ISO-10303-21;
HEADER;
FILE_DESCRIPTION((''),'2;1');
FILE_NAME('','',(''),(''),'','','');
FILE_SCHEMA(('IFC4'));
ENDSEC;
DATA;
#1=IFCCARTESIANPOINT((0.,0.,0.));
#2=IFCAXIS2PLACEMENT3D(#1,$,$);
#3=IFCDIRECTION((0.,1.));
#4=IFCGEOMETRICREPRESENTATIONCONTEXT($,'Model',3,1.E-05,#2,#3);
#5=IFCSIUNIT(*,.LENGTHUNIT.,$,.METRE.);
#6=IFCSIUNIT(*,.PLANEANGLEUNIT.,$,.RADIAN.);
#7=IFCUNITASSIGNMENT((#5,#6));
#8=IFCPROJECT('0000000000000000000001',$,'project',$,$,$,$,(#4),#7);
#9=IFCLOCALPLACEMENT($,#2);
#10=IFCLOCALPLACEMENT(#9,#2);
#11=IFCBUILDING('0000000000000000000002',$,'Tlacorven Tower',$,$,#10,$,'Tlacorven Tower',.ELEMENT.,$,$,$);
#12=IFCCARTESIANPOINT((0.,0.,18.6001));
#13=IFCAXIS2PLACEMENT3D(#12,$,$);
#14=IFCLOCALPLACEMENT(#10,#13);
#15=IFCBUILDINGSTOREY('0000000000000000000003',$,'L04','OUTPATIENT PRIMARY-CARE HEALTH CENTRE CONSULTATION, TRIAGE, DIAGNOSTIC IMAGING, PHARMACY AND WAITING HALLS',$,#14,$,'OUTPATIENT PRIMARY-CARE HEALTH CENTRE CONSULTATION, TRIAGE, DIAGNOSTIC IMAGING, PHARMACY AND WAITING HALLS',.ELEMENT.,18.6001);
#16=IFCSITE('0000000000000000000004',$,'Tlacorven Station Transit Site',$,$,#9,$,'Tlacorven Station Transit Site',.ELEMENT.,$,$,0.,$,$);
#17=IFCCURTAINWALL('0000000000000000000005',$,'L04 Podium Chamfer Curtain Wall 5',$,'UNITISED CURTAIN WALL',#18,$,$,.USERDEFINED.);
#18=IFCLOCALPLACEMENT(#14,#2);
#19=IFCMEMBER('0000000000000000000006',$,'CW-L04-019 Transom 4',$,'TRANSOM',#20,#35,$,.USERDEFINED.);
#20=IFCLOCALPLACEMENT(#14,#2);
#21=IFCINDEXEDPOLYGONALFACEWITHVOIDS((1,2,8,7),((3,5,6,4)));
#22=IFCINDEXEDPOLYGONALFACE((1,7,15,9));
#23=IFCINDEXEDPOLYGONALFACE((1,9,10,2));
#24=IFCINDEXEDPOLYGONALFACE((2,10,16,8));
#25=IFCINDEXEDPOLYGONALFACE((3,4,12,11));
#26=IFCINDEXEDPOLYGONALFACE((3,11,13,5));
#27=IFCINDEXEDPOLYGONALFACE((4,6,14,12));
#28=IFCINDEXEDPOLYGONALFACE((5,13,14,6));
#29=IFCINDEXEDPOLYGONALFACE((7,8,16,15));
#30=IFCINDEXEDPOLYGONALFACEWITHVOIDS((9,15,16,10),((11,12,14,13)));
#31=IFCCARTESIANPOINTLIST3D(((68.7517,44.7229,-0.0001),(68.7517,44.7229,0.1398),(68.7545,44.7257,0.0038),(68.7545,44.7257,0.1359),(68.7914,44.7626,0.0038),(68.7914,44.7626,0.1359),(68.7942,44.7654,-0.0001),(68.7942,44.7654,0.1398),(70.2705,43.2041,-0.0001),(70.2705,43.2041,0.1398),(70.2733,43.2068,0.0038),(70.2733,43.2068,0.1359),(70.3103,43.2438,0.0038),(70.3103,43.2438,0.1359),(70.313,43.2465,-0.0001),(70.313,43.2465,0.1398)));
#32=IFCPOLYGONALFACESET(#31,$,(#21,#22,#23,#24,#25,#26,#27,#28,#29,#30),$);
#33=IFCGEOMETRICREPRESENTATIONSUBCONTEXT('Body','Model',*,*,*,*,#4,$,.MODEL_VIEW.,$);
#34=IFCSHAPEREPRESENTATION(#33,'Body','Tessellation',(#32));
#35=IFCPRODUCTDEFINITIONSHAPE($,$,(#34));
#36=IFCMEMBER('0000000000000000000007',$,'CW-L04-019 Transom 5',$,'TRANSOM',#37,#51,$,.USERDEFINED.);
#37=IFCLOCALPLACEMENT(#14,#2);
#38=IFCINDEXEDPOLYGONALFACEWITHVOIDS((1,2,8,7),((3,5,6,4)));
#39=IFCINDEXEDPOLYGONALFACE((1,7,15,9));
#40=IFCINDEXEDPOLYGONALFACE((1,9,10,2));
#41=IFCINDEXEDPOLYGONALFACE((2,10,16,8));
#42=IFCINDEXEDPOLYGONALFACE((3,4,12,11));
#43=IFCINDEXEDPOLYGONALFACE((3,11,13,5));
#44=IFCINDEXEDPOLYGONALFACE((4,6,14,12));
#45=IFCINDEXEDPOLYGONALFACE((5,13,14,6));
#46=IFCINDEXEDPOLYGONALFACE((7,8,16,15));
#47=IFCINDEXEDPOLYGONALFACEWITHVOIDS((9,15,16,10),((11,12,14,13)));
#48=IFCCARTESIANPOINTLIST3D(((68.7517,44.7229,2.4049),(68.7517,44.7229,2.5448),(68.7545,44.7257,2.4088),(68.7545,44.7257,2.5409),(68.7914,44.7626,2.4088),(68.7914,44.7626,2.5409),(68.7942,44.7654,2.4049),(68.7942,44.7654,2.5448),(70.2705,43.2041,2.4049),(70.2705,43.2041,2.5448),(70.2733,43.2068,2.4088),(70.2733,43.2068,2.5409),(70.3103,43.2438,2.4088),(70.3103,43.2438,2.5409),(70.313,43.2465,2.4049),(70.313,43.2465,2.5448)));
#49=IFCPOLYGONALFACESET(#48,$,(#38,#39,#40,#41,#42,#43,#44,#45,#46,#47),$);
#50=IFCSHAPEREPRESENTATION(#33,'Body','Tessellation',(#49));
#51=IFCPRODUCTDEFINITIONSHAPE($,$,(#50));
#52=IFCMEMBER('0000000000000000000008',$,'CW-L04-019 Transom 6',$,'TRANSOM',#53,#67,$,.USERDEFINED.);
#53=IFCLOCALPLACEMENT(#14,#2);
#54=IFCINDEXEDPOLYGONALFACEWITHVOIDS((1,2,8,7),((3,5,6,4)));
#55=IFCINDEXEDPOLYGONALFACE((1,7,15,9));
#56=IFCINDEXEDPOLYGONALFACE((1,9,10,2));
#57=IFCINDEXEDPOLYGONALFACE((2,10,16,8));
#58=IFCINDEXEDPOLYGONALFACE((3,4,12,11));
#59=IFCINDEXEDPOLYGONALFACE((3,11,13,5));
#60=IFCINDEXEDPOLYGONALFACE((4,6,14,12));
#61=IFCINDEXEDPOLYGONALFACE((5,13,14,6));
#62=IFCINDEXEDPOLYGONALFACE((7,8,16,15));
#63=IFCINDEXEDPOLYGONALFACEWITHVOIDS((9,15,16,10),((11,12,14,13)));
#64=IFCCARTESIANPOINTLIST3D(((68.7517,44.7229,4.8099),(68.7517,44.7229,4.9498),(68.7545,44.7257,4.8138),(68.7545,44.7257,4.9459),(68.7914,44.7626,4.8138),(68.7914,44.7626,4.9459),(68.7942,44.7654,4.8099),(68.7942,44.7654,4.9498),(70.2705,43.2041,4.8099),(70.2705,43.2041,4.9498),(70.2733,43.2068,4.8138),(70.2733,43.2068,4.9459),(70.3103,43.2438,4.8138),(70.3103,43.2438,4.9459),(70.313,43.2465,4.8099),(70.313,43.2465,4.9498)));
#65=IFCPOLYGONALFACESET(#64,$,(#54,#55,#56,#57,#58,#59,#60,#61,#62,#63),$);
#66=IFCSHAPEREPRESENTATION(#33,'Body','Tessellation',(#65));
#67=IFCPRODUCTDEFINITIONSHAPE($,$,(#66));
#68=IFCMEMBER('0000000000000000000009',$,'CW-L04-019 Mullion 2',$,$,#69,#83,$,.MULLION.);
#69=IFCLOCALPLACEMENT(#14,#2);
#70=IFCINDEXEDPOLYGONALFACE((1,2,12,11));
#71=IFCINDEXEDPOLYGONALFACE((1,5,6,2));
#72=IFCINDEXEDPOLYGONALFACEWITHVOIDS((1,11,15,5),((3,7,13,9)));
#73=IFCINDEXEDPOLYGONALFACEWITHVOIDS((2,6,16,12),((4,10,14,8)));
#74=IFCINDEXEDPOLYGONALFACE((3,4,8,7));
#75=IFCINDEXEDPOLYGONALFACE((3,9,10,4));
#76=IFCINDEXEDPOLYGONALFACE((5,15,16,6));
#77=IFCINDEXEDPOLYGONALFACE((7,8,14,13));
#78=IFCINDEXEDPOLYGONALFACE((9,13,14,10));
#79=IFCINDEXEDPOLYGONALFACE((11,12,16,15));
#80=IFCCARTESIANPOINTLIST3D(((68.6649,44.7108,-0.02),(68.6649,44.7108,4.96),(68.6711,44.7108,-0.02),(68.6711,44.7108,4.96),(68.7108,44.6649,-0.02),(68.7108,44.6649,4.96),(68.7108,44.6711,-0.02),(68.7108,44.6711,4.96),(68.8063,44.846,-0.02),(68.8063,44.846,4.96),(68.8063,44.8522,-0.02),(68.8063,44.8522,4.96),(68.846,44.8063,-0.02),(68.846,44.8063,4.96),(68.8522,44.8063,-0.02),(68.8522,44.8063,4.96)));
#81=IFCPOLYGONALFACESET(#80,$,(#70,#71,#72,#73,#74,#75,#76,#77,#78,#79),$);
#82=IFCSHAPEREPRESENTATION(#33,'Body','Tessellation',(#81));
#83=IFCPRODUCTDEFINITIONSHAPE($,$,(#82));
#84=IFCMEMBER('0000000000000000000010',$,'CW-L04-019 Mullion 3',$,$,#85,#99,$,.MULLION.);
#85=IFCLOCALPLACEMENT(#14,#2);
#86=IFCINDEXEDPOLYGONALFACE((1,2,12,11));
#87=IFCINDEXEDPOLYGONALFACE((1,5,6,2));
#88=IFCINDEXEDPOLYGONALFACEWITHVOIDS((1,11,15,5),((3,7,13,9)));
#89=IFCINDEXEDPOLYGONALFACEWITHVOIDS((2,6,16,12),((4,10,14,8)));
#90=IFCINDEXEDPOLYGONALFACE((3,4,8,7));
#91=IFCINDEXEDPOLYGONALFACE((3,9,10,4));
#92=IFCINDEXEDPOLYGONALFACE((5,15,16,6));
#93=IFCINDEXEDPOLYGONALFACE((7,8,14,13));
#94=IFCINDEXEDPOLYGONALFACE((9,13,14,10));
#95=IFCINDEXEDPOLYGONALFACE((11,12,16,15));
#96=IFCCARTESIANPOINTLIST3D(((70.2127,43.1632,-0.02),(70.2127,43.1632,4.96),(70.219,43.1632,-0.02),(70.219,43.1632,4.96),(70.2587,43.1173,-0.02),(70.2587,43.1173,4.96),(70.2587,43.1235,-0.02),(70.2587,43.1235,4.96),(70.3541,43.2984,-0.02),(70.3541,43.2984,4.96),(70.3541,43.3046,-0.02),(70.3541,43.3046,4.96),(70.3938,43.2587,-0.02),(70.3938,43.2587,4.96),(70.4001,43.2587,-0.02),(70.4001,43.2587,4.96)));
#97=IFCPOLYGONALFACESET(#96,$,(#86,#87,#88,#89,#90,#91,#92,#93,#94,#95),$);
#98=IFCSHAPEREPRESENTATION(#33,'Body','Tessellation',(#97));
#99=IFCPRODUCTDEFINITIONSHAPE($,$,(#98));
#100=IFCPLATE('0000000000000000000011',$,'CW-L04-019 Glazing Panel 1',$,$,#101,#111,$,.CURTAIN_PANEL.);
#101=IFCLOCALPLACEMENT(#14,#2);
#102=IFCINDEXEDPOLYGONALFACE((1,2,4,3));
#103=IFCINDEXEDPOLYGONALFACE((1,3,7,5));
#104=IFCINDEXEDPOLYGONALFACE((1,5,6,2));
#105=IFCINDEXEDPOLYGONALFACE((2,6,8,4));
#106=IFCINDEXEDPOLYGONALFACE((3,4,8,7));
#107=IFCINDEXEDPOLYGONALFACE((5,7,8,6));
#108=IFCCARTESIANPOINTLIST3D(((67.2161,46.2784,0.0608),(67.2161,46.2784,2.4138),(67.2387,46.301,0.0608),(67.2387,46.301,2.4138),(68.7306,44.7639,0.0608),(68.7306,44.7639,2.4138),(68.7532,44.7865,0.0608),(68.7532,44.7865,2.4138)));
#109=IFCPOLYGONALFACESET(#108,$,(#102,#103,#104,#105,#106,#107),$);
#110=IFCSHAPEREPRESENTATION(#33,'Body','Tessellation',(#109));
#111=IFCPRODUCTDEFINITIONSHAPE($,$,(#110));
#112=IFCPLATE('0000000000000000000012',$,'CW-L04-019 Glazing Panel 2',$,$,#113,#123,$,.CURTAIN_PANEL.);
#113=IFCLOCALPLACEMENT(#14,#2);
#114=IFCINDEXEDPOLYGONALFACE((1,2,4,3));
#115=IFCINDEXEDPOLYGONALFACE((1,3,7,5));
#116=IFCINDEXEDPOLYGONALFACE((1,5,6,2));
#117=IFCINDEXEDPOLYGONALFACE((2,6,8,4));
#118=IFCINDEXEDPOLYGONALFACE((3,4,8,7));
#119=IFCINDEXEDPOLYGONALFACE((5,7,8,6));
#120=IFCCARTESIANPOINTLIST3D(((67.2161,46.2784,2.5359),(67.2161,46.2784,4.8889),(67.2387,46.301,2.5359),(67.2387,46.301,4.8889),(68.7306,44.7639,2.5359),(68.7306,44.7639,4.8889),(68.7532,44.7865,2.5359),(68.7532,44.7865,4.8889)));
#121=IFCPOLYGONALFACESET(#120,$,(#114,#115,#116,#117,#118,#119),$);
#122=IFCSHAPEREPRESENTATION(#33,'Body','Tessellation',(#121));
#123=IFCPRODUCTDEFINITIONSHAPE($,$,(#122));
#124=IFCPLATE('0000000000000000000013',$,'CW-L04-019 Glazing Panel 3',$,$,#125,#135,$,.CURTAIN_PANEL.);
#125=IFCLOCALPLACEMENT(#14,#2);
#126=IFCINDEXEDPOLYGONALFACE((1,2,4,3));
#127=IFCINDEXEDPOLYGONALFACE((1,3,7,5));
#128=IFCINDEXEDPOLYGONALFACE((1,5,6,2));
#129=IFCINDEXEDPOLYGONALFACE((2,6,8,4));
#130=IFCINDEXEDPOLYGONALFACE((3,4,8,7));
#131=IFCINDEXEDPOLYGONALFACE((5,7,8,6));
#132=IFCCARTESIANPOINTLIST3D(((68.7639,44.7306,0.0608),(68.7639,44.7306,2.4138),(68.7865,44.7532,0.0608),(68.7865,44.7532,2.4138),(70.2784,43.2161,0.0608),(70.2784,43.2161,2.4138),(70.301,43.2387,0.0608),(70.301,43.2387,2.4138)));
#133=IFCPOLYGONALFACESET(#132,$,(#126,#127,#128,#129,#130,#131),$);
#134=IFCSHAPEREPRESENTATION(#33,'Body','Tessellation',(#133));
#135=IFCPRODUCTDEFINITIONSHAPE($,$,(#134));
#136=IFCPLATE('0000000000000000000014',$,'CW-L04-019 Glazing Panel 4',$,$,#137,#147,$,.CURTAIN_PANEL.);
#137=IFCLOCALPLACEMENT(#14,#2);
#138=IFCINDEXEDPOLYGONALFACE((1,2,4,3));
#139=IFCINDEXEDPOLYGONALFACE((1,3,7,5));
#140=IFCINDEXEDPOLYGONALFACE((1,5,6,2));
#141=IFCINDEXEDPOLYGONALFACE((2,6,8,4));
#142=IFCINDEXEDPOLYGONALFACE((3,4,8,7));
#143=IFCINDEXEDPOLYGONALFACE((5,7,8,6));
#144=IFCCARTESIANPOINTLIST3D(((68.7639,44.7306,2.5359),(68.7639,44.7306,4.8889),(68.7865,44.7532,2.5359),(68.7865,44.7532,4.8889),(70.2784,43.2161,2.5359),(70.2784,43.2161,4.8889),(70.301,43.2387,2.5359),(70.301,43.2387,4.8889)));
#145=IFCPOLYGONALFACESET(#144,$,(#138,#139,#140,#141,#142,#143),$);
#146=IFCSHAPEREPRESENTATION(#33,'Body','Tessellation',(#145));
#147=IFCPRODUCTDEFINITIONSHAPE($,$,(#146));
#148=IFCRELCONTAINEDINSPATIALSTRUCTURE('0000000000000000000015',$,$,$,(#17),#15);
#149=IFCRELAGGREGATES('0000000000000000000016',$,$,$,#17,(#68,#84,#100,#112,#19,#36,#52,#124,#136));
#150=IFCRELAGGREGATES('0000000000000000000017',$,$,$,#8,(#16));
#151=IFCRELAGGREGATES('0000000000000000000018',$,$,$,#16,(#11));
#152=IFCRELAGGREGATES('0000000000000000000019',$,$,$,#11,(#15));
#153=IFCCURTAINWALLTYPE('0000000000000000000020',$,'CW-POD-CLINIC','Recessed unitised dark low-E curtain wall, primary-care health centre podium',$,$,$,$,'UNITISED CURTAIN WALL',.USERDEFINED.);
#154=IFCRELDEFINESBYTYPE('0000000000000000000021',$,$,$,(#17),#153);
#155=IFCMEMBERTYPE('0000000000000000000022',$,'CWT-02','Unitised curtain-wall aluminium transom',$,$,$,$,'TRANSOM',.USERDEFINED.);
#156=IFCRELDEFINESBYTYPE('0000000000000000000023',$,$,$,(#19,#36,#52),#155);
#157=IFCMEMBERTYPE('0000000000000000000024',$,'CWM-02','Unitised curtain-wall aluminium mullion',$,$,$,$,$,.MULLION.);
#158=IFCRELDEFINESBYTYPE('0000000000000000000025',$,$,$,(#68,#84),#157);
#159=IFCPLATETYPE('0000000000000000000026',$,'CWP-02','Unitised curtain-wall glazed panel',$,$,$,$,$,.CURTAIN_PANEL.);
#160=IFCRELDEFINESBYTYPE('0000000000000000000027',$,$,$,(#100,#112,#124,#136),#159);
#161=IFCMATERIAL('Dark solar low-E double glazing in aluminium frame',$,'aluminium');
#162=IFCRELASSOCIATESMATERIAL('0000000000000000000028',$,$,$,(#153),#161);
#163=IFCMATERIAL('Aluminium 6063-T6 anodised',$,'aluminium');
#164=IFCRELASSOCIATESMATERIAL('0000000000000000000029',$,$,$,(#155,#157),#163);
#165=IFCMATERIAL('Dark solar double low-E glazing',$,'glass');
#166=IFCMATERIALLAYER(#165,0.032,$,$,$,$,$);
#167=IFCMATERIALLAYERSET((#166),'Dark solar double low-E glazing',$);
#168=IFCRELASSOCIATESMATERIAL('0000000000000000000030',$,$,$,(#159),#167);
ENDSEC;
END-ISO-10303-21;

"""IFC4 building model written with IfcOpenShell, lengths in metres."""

from ifc_helpers import new_model, si_unit, direction, frame, origin, origin_2d, place, context, subcontext, project, spatial, rectangle, hollow_rectangle, extrude, source, transform, mapped, material, layer, layer_set, material_profile, profile_set, type_object, element, aggregate, save


model = new_model("IFC4")

# Units and contexts
model_context = context("Model", 3, precision=1e-05, world=origin(), true_north=direction((0.0, 1.0)))
body_context = subcontext(model_context, "Body", "Model", "MODEL_VIEW")
ifc_project = project(units=[si_unit("LENGTHUNIT", "METRE"), si_unit("PLANEANGLEUNIT", "RADIAN")], contexts=[model_context])

# Site, building, storey
site_placement = place(None, origin())
site = spatial("IfcSite", under=ifc_project, at=site_placement, Name="Tlacorven Station Transit Site", LongName="Tlacorven Station Transit Site", CompositionType="ELEMENT", RefElevation=0.0)
building_placement = place(site_placement, origin())
building = spatial("IfcBuilding", under=site, at=building_placement, Name="Tlacorven Tower", LongName="Tlacorven Tower", CompositionType="ELEMENT")
storey_placement = place(building_placement, frame((0.0, 0.0, 18.6001)))
storey = spatial("IfcBuildingStorey", under=building, at=storey_placement, Name="L04", Description="OUTPATIENT PRIMARY-CARE HEALTH CENTRE CONSULTATION, TRIAGE, DIAGNOSTIC IMAGING, PHARMACY AND WAITING HALLS", LongName="OUTPATIENT PRIMARY-CARE HEALTH CENTRE CONSULTATION, TRIAGE, DIAGNOSTIC IMAGING, PHARMACY AND WAITING HALLS", CompositionType="ELEMENT", Elevation=18.6001)

# Curtain wall, members, plates
ifc_material_1 = material(Name="Dark solar low-E double glazing in aluminium frame", Category="aluminium")
curtain_wall_type = type_object("IfcCurtainWallType", Name="CW-POD-CLINIC", Description="Recessed unitised dark low-E curtain wall, primary-care health centre podium", ElementType="UNITISED CURTAIN WALL", PredefinedType="USERDEFINED", material=ifc_material_1)
curtain_wall_placement = place(storey_placement, origin())
curtain_wall = element("IfcCurtainWall", 1, at=curtain_wall_placement, inside=storey, type_object=curtain_wall_type, Name="L04 Podium Chamfer Curtain Wall 5", ObjectType="UNITISED CURTAIN WALL", PredefinedType="USERDEFINED")
ifc_material_2 = material(Name="Aluminium 6063-T6 anodised", Category="aluminium")
ifc_material_profile_1 = material_profile(ifc_material_2, hollow_rectangle(XDim=0.0601, YDim=0.1399, WallThickness=0.0039, at=origin_2d()), Name="ALU TRANSOM 60X140")
ifc_profile_set_1 = profile_set([ifc_material_profile_1], Name="Aluminium 6063-T6 anodised")
member_type_1 = type_object("IfcMemberType", Name="CWT-02", Description="Unitised curtain-wall aluminium transom", ElementType="TRANSOM", PredefinedType="USERDEFINED", material=ifc_profile_set_1)
shared_shape_1 = source(origin(), body_context, "Body", "SweptSolid", [
    extrude(hollow_rectangle(XDim=0.0601, YDim=0.1399, WallThickness=0.0039, at=origin_2d()), origin(), (0.0, 0.0, 1.0), 2.1479),
])
member_1_placement = place(storey_placement, frame((68.7729, 44.7441, 0.0698), z_axis=(0.707107, -0.707107, 0.0), x_axis=(0.707107, 0.707107, 0.0)))
member_1 = element("IfcMember", 2, at=member_1_placement, type_object=member_type_1, Name="CW-L04-019 Transom 4", ObjectType="TRANSOM", PredefinedType="USERDEFINED", context=body_context, shape_type="MappedRepresentation", body=[
    mapped(shared_shape_1, transform((0.0, 0.0, 0.0), scale=1.0)),
])
member_2_placement = place(storey_placement, frame((68.7729, 44.7441, 2.4749), z_axis=(0.707107, -0.707107, 0.0), x_axis=(0.707107, 0.707107, 0.0)))
member_2 = element("IfcMember", 3, at=member_2_placement, type_object=member_type_1, Name="CW-L04-019 Transom 5", ObjectType="TRANSOM", PredefinedType="USERDEFINED", context=body_context, shape_type="MappedRepresentation", body=[
    mapped(shared_shape_1, transform((0.0, 0.0, 0.0), scale=1.0)),
])
member_3_placement = place(storey_placement, frame((68.7729, 44.7441, 4.8799), z_axis=(0.707107, -0.707107, 0.0), x_axis=(0.707107, 0.707107, 0.0)))
member_3 = element("IfcMember", 4, at=member_3_placement, type_object=member_type_1, Name="CW-L04-019 Transom 6", ObjectType="TRANSOM", PredefinedType="USERDEFINED", context=body_context, shape_type="MappedRepresentation", body=[
    mapped(shared_shape_1, transform((0.0, 0.0, 0.0), scale=1.0)),
])
ifc_material_profile_2 = material_profile(ifc_material_2, hollow_rectangle(XDim=0.0649, YDim=0.2, WallThickness=0.0044, at=origin_2d()), Name="ALU MULLION 65X200")
ifc_profile_set_2 = profile_set([ifc_material_profile_2], Name="Aluminium 6063-T6 anodised")
member_type_2 = type_object("IfcMemberType", Name="CWM-02", Description="Unitised curtain-wall aluminium mullion", PredefinedType="MULLION", material=ifc_profile_set_2)
shared_shape_2 = source(origin(), body_context, "Body", "SweptSolid", [
    extrude(hollow_rectangle(XDim=0.0649, YDim=0.2, WallThickness=0.0044, at=origin_2d()), origin(), (0.0, 0.0, 1.0), 4.98),
])
member_4_placement = place(storey_placement, frame((68.7585, 44.7585, -0.02), z_axis=(0.0, 0.0, 1.0), x_axis=(0.707107, -0.707107, 0.0)))
member_4 = element("IfcMember", 5, at=member_4_placement, type_object=member_type_2, Name="CW-L04-019 Mullion 2", PredefinedType="MULLION", context=body_context, shape_type="MappedRepresentation", body=[
    mapped(shared_shape_2, transform((0.0, 0.0, 0.0), scale=1.0)),
])
member_5_placement = place(storey_placement, frame((70.3064, 43.2109, -0.02), z_axis=(0.0, 0.0, 1.0), x_axis=(0.707107, -0.707107, 0.0)))
member_5 = element("IfcMember", 6, at=member_5_placement, type_object=member_type_2, Name="CW-L04-019 Mullion 3", PredefinedType="MULLION", context=body_context, shape_type="MappedRepresentation", body=[
    mapped(shared_shape_2, transform((0.0, 0.0, 0.0), scale=1.0)),
])
ifc_material_3 = material(Name="Dark solar double low-E glazing", Category="glass")
ifc_layer_1 = layer(ifc_material_3, 0.032)
ifc_layer_set_1 = layer_set([ifc_layer_1], Name="Dark solar double low-E glazing")
plate_type = type_object("IfcPlateType", Name="CWP-02", Description="Unitised curtain-wall glazed panel", PredefinedType="CURTAIN_PANEL", material=ifc_layer_set_1)
shared_shape_3 = source(origin(), body_context, "Body", "SweptSolid", [
    extrude(rectangle(XDim=2.1418, YDim=0.032, at=origin_2d()), origin(), (0.0, 0.0, 1.0), 2.353),
])
plate_1_placement = place(storey_placement, frame((67.9846, 45.5325, 0.0608), z_axis=(0.0, 0.0, 1.0), x_axis=(0.707107, -0.707107, 0.0)))
plate_1 = element("IfcPlate", 7, at=plate_1_placement, type_object=plate_type, Name="CW-L04-019 Glazing Panel 1", PredefinedType="CURTAIN_PANEL", context=body_context, shape_type="MappedRepresentation", body=[
    mapped(shared_shape_3, transform((0.0, 0.0, 0.0), scale=1.0)),
])
plate_2_placement = place(storey_placement, frame((67.9846, 45.5325, 2.5359), z_axis=(0.0, 0.0, 1.0), x_axis=(0.707107, -0.707107, 0.0)))
plate_2 = element("IfcPlate", 8, at=plate_2_placement, type_object=plate_type, Name="CW-L04-019 Glazing Panel 2", PredefinedType="CURTAIN_PANEL", context=body_context, shape_type="MappedRepresentation", body=[
    mapped(shared_shape_3, transform((0.0, 0.0, 0.0), scale=1.0)),
])
plate_3_placement = place(storey_placement, frame((69.5325, 43.9846, 0.0608), z_axis=(0.0, 0.0, 1.0), x_axis=(0.707107, -0.707107, 0.0)))
plate_3 = element("IfcPlate", 9, at=plate_3_placement, type_object=plate_type, Name="CW-L04-019 Glazing Panel 3", PredefinedType="CURTAIN_PANEL", context=body_context, shape_type="MappedRepresentation", body=[
    mapped(shared_shape_3, transform((0.0, 0.0, 0.0), scale=1.0)),
])
plate_4_placement = place(storey_placement, frame((69.5325, 43.9846, 2.5359), z_axis=(0.0, 0.0, 1.0), x_axis=(0.707107, -0.707107, 0.0)))
plate_4 = element("IfcPlate", 10, at=plate_4_placement, type_object=plate_type, Name="CW-L04-019 Glazing Panel 4", PredefinedType="CURTAIN_PANEL", context=body_context, shape_type="MappedRepresentation", body=[
    mapped(shared_shape_3, transform((0.0, 0.0, 0.0), scale=1.0)),
])
aggregate(curtain_wall, [member_4, member_5, plate_1, plate_2, member_1, member_2, member_3, plate_3, plate_4])

save(model, "model.ifc")
